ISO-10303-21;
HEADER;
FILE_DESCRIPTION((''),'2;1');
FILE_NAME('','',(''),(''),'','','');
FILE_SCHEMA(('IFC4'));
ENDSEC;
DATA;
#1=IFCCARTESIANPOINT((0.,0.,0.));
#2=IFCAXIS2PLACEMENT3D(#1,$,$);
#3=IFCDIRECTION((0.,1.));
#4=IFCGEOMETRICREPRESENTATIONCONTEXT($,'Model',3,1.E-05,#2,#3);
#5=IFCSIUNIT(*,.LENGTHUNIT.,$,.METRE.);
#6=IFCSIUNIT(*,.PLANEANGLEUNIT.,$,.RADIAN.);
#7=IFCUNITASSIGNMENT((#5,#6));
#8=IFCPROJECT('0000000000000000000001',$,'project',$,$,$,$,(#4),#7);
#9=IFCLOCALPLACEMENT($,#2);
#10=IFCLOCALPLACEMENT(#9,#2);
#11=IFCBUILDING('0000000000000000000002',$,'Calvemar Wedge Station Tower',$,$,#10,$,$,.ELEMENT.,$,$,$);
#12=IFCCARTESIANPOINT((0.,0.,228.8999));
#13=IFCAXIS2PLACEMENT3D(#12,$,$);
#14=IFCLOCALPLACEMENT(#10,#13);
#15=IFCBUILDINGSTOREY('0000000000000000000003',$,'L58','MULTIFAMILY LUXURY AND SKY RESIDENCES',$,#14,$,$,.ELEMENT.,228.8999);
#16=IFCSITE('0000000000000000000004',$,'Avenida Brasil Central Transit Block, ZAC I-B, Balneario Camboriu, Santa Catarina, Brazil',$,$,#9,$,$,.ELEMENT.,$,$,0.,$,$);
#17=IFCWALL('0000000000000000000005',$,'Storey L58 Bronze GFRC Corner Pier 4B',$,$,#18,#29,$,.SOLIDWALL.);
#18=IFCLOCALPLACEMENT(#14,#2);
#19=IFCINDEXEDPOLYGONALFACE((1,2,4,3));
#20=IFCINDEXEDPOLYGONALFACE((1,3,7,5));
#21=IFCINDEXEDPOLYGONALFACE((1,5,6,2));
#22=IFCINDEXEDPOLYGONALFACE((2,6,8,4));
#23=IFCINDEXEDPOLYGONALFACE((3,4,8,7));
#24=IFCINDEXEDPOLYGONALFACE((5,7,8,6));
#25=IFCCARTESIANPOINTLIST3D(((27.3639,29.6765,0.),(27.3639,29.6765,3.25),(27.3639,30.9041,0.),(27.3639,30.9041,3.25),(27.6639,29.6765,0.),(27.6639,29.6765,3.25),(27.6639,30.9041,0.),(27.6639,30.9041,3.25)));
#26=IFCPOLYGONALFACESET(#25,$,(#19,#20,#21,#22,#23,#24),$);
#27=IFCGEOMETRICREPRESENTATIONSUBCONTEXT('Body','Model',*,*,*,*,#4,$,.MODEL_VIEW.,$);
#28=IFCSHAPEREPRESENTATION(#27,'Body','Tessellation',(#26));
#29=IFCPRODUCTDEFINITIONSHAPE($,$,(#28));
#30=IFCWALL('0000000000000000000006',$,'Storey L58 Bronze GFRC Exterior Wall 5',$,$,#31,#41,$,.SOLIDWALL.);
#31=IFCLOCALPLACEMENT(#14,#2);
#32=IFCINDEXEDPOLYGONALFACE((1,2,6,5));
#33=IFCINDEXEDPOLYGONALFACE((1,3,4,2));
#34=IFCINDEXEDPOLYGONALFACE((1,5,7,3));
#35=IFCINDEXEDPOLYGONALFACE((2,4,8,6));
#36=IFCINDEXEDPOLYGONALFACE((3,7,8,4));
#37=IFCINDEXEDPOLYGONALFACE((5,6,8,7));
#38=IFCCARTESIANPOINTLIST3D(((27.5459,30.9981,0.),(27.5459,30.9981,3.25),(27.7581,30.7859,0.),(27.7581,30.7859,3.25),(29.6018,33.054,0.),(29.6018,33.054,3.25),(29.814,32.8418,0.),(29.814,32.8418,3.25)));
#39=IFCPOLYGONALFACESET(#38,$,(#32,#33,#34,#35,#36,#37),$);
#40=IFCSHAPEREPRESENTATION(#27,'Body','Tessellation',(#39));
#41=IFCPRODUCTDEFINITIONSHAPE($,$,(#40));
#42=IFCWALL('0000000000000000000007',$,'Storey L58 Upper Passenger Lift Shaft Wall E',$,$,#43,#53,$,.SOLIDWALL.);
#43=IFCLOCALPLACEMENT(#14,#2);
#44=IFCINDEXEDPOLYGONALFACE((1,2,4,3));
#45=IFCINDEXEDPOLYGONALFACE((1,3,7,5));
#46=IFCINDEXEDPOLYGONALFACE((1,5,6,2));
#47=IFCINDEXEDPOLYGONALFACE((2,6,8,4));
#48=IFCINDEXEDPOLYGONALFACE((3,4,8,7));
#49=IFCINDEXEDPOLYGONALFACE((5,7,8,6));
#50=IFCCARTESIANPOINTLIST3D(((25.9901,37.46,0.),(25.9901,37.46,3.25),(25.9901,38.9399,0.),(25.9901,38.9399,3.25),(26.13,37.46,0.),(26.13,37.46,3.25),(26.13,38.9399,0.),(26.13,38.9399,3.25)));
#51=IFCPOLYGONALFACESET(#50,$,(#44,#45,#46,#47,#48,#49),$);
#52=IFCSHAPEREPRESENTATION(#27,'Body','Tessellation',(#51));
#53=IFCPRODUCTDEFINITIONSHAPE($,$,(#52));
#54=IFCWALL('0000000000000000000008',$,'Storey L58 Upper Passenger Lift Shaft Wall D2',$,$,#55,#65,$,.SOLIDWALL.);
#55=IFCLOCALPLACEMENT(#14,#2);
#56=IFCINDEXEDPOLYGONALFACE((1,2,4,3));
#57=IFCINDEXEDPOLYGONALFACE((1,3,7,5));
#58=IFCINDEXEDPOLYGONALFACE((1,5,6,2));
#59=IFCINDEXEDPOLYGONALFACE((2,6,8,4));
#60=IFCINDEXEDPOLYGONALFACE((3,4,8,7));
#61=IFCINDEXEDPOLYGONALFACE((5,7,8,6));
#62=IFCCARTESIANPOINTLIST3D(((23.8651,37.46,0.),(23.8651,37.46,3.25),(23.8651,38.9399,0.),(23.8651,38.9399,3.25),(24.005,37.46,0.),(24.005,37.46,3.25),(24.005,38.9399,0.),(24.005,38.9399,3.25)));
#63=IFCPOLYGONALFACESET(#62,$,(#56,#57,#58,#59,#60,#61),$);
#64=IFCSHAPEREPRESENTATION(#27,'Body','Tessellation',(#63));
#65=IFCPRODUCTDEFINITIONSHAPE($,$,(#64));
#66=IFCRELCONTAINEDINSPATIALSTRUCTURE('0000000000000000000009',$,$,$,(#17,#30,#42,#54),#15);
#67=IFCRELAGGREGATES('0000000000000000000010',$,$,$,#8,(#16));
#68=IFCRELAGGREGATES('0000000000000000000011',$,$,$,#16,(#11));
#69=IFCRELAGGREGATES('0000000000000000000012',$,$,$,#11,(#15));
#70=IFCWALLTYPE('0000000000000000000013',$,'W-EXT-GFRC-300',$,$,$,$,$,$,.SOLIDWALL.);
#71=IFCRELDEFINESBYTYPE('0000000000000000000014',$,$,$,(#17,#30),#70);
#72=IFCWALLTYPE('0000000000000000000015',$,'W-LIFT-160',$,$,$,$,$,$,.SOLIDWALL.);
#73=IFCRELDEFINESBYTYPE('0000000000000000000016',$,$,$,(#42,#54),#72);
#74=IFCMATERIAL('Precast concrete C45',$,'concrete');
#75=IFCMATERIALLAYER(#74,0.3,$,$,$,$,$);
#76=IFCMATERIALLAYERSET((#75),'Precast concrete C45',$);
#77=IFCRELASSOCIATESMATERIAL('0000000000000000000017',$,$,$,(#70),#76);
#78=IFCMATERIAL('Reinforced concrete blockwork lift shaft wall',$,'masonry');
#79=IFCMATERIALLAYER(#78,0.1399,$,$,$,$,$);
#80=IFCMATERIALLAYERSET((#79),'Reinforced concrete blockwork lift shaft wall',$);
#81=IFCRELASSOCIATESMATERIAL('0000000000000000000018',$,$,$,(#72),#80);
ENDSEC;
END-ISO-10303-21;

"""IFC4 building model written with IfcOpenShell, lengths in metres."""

from ifc_helpers import new_model, si_unit, direction, frame, frame_2d, origin, place, context, subcontext, project, spatial, rectangle, extrude, material, layer, layer_set, type_object, element, save


model = new_model("IFC4")

# Units and contexts
model_context = context("Model", 3, precision=1e-05, world=origin(), true_north=direction((0.0, 1.0)))
body_context = subcontext(model_context, "Body", "Model", "MODEL_VIEW")
ifc_project = project(units=[si_unit("LENGTHUNIT", "METRE"), si_unit("PLANEANGLEUNIT", "RADIAN")], contexts=[model_context])

# Site, building, storey
site_placement = place(None, origin())
site = spatial("IfcSite", under=ifc_project, at=site_placement, Name="Avenida Brasil Central Transit Block, ZAC I-B, Balneario Camboriu, Santa Catarina, Brazil", CompositionType="ELEMENT", RefElevation=0.0)
building_placement = place(site_placement, origin())
building = spatial("IfcBuilding", under=site, at=building_placement, Name="Calvemar Wedge Station Tower", CompositionType="ELEMENT")
storey_placement = place(building_placement, frame((0.0, 0.0, 228.8999)))
storey = spatial("IfcBuildingStorey", under=building, at=storey_placement, Name="L58", Description="MULTIFAMILY LUXURY AND SKY RESIDENCES", CompositionType="ELEMENT", Elevation=228.8999)

# Walls
ifc_material_1 = material(Name="Precast concrete C45", Category="concrete")
ifc_layer_1 = layer(ifc_material_1, 0.3)
ifc_layer_set_1 = layer_set([ifc_layer_1], Name="Precast concrete C45")
wall_type_1 = type_object("IfcWallType", Name="W-EXT-GFRC-300", PredefinedType="SOLIDWALL", material=ifc_layer_set_1)
wall_1_placement = place(storey_placement, frame((27.5139, 29.6765, 0.0), z_axis=(0.0, 0.0, 1.0), x_axis=(0.0, 1.0, 0.0)))
element("IfcWall", 1, at=wall_1_placement, inside=storey, type_object=wall_type_1, Name="Storey L58 Bronze GFRC Corner Pier 4B", PredefinedType="SOLIDWALL", context=body_context, shape_type="SweptSolid", body=[
    extrude(rectangle(XDim=1.2275, YDim=0.3, at=frame_2d((0.6138, 0.0))), origin(), (0.0, 0.0, 1.0), 3.25),
])
wall_2_placement = place(storey_placement, frame((27.6521, 30.8921, 0.0), z_axis=(0.0, 0.0, 1.0), x_axis=(0.707107, 0.707107, 0.0)))
element("IfcWall", 2, at=wall_2_placement, inside=storey, type_object=wall_type_1, Name="Storey L58 Bronze GFRC Exterior Wall 5", PredefinedType="SOLIDWALL", context=body_context, shape_type="SweptSolid", body=[
    extrude(rectangle(XDim=2.9075, YDim=0.3, at=frame_2d((1.4536, 0.0))), origin(), (0.0, 0.0, 1.0), 3.25),
])
ifc_material_2 = material(Name="Reinforced concrete blockwork lift shaft wall", Category="masonry")
ifc_layer_2 = layer(ifc_material_2, 0.1399)
ifc_layer_set_2 = layer_set([ifc_layer_2], Name="Reinforced concrete blockwork lift shaft wall")
wall_type_2 = type_object("IfcWallType", Name="W-LIFT-160", PredefinedType="SOLIDWALL", material=ifc_layer_set_2)
for number, where, z_axis, x_axis, name in (
    (3, (26.0601, 37.46, 0.0), (0.0, 0.0, 1.0), (0.0, 1.0, 0.0), "Storey L58 Upper Passenger Lift Shaft Wall E"),
    (4, (23.9351, 37.46, 0.0), (0.0, 0.0, 1.0), (0.0, 1.0, 0.0), "Storey L58 Upper Passenger Lift Shaft Wall D2"),
):
    element("IfcWall", number, at=place(storey_placement, frame(where, z_axis=z_axis, x_axis=x_axis)), inside=storey, type_object=wall_type_2, Name=name, PredefinedType="SOLIDWALL", context=body_context, shape_type="SweptSolid", body=[
        extrude(rectangle(XDim=1.48, YDim=0.1399, at=frame_2d((0.74, 0.0))), origin(), (0.0, 0.0, 1.0), 3.25),
    ])

save(model, "model.ifc")
